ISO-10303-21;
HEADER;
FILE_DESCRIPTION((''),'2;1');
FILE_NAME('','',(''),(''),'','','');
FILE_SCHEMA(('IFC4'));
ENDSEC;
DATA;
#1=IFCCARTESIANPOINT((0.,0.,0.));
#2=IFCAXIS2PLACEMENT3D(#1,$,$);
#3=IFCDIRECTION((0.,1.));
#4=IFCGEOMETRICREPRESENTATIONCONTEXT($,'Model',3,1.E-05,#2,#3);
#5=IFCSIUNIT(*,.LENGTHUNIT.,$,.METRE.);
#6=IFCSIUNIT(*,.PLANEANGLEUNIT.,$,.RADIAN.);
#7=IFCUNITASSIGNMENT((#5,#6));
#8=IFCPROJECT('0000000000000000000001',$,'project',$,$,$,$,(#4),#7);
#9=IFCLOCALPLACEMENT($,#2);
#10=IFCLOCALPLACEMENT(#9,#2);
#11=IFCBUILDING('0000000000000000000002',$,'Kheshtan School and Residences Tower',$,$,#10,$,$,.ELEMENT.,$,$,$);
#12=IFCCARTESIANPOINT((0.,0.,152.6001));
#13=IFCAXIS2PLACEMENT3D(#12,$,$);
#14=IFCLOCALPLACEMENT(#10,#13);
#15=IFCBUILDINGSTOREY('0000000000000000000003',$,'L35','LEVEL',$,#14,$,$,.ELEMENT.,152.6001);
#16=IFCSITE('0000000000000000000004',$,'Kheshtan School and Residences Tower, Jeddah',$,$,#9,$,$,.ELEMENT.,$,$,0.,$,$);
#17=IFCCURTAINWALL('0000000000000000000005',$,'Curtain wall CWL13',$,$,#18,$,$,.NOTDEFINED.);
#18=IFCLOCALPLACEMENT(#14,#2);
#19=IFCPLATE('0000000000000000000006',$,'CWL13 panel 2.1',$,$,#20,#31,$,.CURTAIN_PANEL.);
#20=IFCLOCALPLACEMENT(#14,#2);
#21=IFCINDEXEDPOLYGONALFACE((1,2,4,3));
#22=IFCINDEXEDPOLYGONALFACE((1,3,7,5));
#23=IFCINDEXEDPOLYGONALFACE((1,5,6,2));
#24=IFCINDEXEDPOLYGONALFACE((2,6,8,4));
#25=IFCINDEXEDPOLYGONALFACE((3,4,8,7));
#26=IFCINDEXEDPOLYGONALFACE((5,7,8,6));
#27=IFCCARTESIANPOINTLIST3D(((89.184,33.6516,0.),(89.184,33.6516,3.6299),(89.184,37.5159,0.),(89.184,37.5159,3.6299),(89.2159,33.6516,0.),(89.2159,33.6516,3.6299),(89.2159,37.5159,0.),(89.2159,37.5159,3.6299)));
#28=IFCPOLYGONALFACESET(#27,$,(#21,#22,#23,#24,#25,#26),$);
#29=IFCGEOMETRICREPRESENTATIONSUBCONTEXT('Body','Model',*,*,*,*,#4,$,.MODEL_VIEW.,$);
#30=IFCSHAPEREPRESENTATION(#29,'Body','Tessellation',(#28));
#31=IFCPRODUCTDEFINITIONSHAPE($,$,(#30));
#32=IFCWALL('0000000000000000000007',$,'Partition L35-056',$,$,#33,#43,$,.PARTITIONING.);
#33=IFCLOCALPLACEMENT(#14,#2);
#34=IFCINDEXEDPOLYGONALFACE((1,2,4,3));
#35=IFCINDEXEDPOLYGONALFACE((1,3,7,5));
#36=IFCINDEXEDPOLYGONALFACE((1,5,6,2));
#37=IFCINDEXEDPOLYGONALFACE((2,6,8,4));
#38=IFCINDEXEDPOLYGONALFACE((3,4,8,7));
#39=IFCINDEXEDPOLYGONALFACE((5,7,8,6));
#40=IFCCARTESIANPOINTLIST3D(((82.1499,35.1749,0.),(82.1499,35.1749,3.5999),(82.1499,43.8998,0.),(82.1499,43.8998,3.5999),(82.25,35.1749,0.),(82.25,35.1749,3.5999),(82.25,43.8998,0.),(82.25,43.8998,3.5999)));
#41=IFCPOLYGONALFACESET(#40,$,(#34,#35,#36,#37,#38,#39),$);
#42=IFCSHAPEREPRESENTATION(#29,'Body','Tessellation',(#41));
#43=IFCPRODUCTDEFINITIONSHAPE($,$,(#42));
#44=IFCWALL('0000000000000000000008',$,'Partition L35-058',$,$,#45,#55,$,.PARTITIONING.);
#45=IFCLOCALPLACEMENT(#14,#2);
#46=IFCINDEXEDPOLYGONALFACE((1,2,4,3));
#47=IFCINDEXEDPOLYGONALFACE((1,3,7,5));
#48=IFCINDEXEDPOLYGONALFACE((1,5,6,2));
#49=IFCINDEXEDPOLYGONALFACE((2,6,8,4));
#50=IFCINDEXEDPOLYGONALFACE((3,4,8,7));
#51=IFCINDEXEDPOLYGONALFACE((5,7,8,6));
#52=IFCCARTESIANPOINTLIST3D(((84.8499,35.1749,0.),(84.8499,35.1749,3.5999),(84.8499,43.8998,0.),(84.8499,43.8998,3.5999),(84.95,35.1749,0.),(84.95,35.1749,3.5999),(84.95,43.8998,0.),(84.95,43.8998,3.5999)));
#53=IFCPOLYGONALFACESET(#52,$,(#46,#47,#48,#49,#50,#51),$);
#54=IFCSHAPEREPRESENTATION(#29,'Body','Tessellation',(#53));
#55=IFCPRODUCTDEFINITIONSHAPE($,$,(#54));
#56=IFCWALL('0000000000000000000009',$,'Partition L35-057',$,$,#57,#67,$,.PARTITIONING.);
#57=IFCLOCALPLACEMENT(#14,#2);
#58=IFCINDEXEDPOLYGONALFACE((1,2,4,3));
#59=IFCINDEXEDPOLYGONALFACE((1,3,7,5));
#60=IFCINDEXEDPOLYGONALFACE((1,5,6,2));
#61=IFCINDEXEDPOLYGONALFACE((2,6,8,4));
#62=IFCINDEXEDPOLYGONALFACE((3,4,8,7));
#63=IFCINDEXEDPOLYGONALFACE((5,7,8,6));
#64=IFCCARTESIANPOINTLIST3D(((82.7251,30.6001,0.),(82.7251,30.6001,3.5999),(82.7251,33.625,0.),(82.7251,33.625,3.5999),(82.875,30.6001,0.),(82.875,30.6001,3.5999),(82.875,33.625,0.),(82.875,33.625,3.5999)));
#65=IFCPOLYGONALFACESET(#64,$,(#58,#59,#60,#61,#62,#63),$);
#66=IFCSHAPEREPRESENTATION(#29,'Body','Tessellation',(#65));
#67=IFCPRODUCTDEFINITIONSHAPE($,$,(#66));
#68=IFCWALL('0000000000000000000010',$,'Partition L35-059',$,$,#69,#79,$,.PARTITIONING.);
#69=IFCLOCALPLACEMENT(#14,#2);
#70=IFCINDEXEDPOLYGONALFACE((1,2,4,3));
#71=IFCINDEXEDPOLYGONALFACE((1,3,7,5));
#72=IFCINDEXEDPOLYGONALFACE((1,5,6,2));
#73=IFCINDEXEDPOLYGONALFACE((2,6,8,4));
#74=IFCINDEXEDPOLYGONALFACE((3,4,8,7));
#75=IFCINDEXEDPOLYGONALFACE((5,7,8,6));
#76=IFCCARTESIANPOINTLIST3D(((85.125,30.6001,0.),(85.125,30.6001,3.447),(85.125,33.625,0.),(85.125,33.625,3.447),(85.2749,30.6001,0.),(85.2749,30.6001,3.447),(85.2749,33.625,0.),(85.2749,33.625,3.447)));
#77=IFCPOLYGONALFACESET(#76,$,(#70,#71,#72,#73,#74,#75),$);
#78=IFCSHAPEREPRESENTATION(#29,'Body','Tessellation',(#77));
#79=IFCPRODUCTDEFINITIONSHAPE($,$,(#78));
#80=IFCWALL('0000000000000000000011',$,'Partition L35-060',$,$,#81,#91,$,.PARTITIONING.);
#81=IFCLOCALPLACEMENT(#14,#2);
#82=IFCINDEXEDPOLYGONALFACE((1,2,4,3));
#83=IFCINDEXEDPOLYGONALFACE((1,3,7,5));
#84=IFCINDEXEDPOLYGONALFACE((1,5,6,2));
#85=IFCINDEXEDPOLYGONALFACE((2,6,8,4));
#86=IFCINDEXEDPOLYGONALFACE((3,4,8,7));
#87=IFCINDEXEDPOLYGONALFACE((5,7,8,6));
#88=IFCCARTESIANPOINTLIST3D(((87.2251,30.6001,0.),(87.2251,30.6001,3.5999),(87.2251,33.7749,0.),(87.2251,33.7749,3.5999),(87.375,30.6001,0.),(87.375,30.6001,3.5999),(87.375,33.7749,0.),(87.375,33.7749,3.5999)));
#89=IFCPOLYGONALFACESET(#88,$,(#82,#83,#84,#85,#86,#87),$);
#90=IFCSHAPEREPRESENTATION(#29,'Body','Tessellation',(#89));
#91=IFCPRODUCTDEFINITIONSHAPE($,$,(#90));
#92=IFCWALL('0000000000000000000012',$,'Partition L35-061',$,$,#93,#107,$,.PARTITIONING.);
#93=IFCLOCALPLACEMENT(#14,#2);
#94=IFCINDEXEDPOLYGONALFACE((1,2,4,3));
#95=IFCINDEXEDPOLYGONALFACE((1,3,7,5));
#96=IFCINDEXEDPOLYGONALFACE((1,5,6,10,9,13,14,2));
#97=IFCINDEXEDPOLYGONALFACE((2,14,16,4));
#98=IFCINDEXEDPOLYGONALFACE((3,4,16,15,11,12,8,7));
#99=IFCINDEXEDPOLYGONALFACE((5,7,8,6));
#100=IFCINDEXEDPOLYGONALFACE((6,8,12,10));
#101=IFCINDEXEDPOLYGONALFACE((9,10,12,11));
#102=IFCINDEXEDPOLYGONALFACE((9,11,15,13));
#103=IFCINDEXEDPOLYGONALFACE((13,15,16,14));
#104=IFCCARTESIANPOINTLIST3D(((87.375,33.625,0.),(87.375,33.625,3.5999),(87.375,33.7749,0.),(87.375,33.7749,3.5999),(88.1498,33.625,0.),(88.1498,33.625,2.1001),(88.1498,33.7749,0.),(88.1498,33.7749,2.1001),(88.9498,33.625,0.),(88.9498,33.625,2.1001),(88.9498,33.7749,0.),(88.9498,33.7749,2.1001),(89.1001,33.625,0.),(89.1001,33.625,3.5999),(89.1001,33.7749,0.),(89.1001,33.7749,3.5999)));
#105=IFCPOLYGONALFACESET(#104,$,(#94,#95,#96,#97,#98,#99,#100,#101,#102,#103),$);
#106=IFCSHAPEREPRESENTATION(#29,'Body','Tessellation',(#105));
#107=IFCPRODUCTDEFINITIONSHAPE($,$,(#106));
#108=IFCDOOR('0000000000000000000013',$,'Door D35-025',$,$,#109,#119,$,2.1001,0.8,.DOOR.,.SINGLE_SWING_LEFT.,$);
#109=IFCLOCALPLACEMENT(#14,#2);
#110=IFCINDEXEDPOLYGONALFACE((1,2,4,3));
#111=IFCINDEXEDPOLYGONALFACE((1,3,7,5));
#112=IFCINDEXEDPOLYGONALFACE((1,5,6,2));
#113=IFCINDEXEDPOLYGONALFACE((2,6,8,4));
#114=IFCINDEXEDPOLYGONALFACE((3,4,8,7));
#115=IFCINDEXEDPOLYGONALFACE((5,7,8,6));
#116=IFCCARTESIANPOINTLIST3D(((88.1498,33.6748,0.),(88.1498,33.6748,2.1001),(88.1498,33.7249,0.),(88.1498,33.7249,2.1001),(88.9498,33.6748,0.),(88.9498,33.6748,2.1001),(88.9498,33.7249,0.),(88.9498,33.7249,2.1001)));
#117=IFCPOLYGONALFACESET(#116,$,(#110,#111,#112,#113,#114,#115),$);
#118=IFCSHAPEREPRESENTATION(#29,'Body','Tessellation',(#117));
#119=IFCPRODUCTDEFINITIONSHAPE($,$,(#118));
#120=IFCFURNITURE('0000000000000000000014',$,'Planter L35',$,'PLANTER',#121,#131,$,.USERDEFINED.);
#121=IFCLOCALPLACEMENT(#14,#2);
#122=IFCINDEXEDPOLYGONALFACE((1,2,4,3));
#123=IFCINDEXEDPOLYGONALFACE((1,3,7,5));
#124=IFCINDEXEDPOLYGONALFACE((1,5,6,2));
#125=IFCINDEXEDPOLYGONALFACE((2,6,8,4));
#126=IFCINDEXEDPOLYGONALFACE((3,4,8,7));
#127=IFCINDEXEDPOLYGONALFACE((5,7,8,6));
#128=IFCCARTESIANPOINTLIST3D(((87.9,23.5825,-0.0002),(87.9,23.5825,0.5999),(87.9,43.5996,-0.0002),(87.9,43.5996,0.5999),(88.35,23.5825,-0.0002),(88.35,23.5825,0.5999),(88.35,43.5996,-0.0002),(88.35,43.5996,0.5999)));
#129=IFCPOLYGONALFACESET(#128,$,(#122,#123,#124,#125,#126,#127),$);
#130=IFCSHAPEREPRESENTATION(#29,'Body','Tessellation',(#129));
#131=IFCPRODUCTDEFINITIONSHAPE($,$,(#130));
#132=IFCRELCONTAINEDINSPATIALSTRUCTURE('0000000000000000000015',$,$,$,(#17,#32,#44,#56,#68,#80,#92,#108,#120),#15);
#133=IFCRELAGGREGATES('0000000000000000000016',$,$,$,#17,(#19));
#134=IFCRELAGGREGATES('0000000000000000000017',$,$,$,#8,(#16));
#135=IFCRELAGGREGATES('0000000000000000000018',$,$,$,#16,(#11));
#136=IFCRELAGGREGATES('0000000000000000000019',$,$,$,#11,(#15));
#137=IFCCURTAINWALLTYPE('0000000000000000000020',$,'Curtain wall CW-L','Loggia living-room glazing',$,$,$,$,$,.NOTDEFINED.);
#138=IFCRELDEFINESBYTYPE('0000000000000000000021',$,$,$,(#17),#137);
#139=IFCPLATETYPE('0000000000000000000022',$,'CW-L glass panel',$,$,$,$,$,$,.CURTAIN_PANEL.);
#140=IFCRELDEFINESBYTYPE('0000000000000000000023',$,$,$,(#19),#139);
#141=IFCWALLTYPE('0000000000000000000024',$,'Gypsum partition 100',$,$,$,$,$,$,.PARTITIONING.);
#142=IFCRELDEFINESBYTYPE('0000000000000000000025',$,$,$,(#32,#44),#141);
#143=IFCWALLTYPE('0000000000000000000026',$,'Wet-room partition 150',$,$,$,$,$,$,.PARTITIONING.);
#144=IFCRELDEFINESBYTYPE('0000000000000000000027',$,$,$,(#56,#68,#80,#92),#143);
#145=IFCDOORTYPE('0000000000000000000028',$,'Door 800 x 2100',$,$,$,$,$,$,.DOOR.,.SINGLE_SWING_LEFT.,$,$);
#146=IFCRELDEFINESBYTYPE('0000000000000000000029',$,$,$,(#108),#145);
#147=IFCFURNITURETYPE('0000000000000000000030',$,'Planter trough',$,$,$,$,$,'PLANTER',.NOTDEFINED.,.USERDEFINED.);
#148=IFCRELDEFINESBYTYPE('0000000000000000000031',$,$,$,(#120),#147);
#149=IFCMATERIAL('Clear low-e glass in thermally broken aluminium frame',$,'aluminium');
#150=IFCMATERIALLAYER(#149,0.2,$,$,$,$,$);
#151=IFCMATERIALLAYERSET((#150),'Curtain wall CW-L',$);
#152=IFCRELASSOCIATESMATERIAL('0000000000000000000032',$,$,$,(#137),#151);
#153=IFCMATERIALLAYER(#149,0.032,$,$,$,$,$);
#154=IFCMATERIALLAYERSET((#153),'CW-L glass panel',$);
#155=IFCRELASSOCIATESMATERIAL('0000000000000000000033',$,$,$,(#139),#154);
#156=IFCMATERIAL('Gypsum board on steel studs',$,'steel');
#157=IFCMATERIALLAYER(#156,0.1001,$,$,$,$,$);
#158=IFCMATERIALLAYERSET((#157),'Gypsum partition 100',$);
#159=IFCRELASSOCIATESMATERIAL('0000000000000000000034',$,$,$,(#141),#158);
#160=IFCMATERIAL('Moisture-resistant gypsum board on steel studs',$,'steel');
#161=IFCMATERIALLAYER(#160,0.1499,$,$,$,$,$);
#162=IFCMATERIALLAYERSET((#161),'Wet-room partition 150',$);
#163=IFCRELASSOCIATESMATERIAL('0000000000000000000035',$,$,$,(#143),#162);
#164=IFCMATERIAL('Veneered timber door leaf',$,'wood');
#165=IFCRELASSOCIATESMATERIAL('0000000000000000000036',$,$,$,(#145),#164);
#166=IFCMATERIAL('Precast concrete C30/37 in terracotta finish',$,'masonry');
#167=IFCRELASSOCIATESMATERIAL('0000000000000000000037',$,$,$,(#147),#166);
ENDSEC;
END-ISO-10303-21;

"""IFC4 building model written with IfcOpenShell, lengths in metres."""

from ifc_helpers import new_model, si_unit, direction, frame, frame_2d, origin, origin_2d, place, context, subcontext, project, spatial, rectangle, extrude, source, transform, mapped, material, layer, layer_set, type_object, element, fill, aggregate, save


model = new_model("IFC4")

# Units and contexts
model_context = context("Model", 3, precision=1e-05, world=origin(), true_north=direction((0.0, 1.0)))
body_context = subcontext(model_context, "Body", "Model", "MODEL_VIEW")
ifc_project = project(units=[si_unit("LENGTHUNIT", "METRE"), si_unit("PLANEANGLEUNIT", "RADIAN")], contexts=[model_context])

# Site, building, storey
site_placement = place(None, origin())
site = spatial("IfcSite", under=ifc_project, at=site_placement, Name="Kheshtan School and Residences Tower, Jeddah", CompositionType="ELEMENT", RefElevation=0.0)
building_placement = place(site_placement, origin())
building = spatial("IfcBuilding", under=site, at=building_placement, Name="Kheshtan School and Residences Tower", CompositionType="ELEMENT")
storey_placement = place(building_placement, frame((0.0, 0.0, 152.6001)))
storey = spatial("IfcBuildingStorey", under=building, at=storey_placement, Name="L35", Description="LEVEL", CompositionType="ELEMENT", Elevation=152.6001)

# Curtain wall
ifc_material_1 = material(Name="Clear low-e glass in thermally broken aluminium frame", Category="aluminium")
ifc_layer_1 = layer(ifc_material_1, 0.2)
ifc_layer_set_1 = layer_set([ifc_layer_1], Name="Curtain wall CW-L")
curtain_wall_type = type_object("IfcCurtainWallType", Name="Curtain wall CW-L", Description="Loggia living-room glazing", PredefinedType="NOTDEFINED", material=ifc_layer_set_1)
curtain_wall_1_placement = place(storey_placement, origin())
curtain_wall_1 = element("IfcCurtainWall", 1, at=curtain_wall_1_placement, inside=storey, type_object=curtain_wall_type, Name="Curtain wall CWL13", PredefinedType="NOTDEFINED")

# Plate
ifc_layer_2 = layer(ifc_material_1, 0.032)
ifc_layer_set_2 = layer_set([ifc_layer_2], Name="CW-L glass panel")
plate_type = type_object("IfcPlateType", Name="CW-L glass panel", PredefinedType="CURTAIN_PANEL", material=ifc_layer_set_2)
plate_1_placement = place(storey_placement, frame((89.2, 35.5837, 0.0), z_axis=(0.0, 0.0, 1.0), x_axis=(0.0, -1.0, 0.0)))
plate_1 = element("IfcPlate", 2, at=plate_1_placement, type_object=plate_type, Name="CWL13 panel 2.1", PredefinedType="CURTAIN_PANEL", context=body_context, shape_type="SweptSolid", body=[
    extrude(rectangle(XDim=3.8643, YDim=0.032, at=origin_2d()), origin(), (0.0, 0.0, 1.0), 3.6299),
])
aggregate(curtain_wall_1, [plate_1])

# Walls
ifc_material_2 = material(Name="Gypsum board on steel studs", Category="steel")
ifc_layer_3 = layer(ifc_material_2, 0.1001)
ifc_layer_set_3 = layer_set([ifc_layer_3], Name="Gypsum partition 100")
wall_type_1 = type_object("IfcWallType", Name="Gypsum partition 100", PredefinedType="PARTITIONING", material=ifc_layer_set_3)
for number, where, z_axis, x_axis, name in (
    (3, (82.2, 35.175, 0.0), (0.0, 0.0, 1.0), (0.0, 1.0, 0.0), "Partition L35-056"),
    (4, (84.8999, 35.175, 0.0), (0.0, 0.0, 1.0), (0.0, 1.0, 0.0), "Partition L35-058"),
):
    element("IfcWall", number, at=place(storey_placement, frame(where, z_axis=z_axis, x_axis=x_axis)), inside=storey, type_object=wall_type_1, Name=name, PredefinedType="PARTITIONING", context=body_context, shape_type="SweptSolid", body=[
        extrude(rectangle(XDim=8.7249, YDim=0.1001, at=frame_2d((4.3623, 0.0))), origin(), (0.0, 0.0, 1.0), 3.5999),
    ])
ifc_material_3 = material(Name="Moisture-resistant gypsum board on steel studs", Category="steel")
ifc_layer_4 = layer(ifc_material_3, 0.1499)
ifc_layer_set_4 = layer_set([ifc_layer_4], Name="Wet-room partition 150")
wall_type_2 = type_object("IfcWallType", Name="Wet-room partition 150", PredefinedType="PARTITIONING", material=ifc_layer_set_4)
wall_1_placement = place(storey_placement, frame((82.8, 30.6001, 0.0), z_axis=(0.0, 0.0, 1.0), x_axis=(0.0, 1.0, 0.0)))
element("IfcWall", 5, at=wall_1_placement, inside=storey, type_object=wall_type_2, Name="Partition L35-057", PredefinedType="PARTITIONING", context=body_context, shape_type="SweptSolid", body=[
    extrude(rectangle(XDim=3.0249, YDim=0.1499, at=frame_2d((1.5125, 0.0))), origin(), (0.0, 0.0, 1.0), 3.5999),
])
wall_2_placement = place(storey_placement, frame((85.2, 30.6001, 0.0), z_axis=(0.0, 0.0, 1.0), x_axis=(0.0, 1.0, 0.0)))
element("IfcWall", 6, at=wall_2_placement, inside=storey, type_object=wall_type_2, Name="Partition L35-059", PredefinedType="PARTITIONING", context=body_context, shape_type="SweptSolid", body=[
    extrude(rectangle(XDim=3.0249, YDim=0.1499, at=frame_2d((1.5125, 0.0))), origin(), (0.0, 0.0, 1.0), 3.447),
])
wall_3_placement = place(storey_placement, frame((87.3, 30.6001, 0.0), z_axis=(0.0, 0.0, 1.0), x_axis=(0.0, 1.0, 0.0)))
element("IfcWall", 7, at=wall_3_placement, inside=storey, type_object=wall_type_2, Name="Partition L35-060", PredefinedType="PARTITIONING", context=body_context, shape_type="SweptSolid", body=[
    extrude(rectangle(XDim=3.1748, YDim=0.1499, at=frame_2d((1.5874, 0.0))), origin(), (0.0, 0.0, 1.0), 3.5999),
])

# Wall, opening, door
wall_4_placement = place(storey_placement, frame((87.375, 33.7, 0.0), z_axis=(0.0, 0.0, 1.0), x_axis=(1.0, 0.0, 0.0)))
wall_4 = element("IfcWall", 8, at=wall_4_placement, inside=storey, type_object=wall_type_2, Name="Partition L35-061", PredefinedType="PARTITIONING", context=body_context, shape_type="SweptSolid", body=[
    extrude(rectangle(XDim=1.7251, YDim=0.1499, at=frame_2d((0.8625, 0.0))), origin(), (0.0, 0.0, 1.0), 3.5999),
])
opening_1_placement = place(wall_4_placement, frame((0.7749, 0.0, 0.0)))
opening_1 = element("IfcOpeningElement", 9, at=opening_1_placement, cuts=wall_4, PredefinedType="OPENING", context=body_context, shape_type="SweptSolid", body=[
    extrude(rectangle(XDim=0.8, YDim=2.1001, at=frame_2d((0.3999, 1.05))), frame((0.0, 0.085, 0.0), z_axis=(0.0, -1.0, 0.0), x_axis=(1.0, 0.0, 0.0)), (0.0, 0.0, 1.0), 0.1699),
])
ifc_material_4 = material(Name="Veneered timber door leaf", Category="wood")
door_type_1 = type_object("IfcDoorType", Name="Door 800 x 2100", OperationType="SINGLE_SWING_LEFT", PredefinedType="DOOR", material=ifc_material_4)
shared_shape_1 = source(origin(), body_context, "Body", "SweptSolid", [
    extrude(rectangle(XDim=0.8, YDim=2.1001, at=frame_2d((0.3999, 1.05))), frame((0.0, 0.0249, 0.0), z_axis=(0.0, -1.0, 0.0), x_axis=(1.0, 0.0, 0.0)), (0.0, 0.0, 1.0), 0.05),
])
door_1_placement = place(opening_1_placement, origin())
door_1 = element("IfcDoor", 10, at=door_1_placement, inside=storey, type_object=door_type_1, Name="Door D35-025", OperationType="SINGLE_SWING_LEFT", OverallHeight=2.1001, OverallWidth=0.8, PredefinedType="DOOR", context=body_context, shape_type="MappedRepresentation", body=[
    mapped(shared_shape_1, transform((0.0, 0.0, 0.0), x_axis=(1.0, 0.0, 0.0), y_axis=(0.0, 1.0, 0.0), z_axis=(0.0, 0.0, 1.0), scale=1.0)),
])
fill(opening_1, door_1)

# Furniture
ifc_material_5 = material(Name="Precast concrete C30/37 in terracotta finish", Category="masonry")
furniture_type = type_object("IfcFurnitureType", Name="Planter trough", ElementType="PLANTER", AssemblyPlace="NOTDEFINED", PredefinedType="USERDEFINED", material=ifc_material_5)
furniture_placement = place(storey_placement, frame((88.125, 33.5911, -0.0002), z_axis=(0.0, 0.0, 1.0), x_axis=(0.0, -1.0, 0.0)))
element("IfcFurniture", 11, at=furniture_placement, inside=storey, type_object=furniture_type, Name="Planter L35", ObjectType="PLANTER", PredefinedType="USERDEFINED", context=body_context, shape_type="SweptSolid", body=[
    extrude(rectangle(XDim=20.0171, YDim=0.45, at=origin_2d()), origin(), (0.0, 0.0, 1.0), 0.6001),
])

save(model, "model.ifc")
